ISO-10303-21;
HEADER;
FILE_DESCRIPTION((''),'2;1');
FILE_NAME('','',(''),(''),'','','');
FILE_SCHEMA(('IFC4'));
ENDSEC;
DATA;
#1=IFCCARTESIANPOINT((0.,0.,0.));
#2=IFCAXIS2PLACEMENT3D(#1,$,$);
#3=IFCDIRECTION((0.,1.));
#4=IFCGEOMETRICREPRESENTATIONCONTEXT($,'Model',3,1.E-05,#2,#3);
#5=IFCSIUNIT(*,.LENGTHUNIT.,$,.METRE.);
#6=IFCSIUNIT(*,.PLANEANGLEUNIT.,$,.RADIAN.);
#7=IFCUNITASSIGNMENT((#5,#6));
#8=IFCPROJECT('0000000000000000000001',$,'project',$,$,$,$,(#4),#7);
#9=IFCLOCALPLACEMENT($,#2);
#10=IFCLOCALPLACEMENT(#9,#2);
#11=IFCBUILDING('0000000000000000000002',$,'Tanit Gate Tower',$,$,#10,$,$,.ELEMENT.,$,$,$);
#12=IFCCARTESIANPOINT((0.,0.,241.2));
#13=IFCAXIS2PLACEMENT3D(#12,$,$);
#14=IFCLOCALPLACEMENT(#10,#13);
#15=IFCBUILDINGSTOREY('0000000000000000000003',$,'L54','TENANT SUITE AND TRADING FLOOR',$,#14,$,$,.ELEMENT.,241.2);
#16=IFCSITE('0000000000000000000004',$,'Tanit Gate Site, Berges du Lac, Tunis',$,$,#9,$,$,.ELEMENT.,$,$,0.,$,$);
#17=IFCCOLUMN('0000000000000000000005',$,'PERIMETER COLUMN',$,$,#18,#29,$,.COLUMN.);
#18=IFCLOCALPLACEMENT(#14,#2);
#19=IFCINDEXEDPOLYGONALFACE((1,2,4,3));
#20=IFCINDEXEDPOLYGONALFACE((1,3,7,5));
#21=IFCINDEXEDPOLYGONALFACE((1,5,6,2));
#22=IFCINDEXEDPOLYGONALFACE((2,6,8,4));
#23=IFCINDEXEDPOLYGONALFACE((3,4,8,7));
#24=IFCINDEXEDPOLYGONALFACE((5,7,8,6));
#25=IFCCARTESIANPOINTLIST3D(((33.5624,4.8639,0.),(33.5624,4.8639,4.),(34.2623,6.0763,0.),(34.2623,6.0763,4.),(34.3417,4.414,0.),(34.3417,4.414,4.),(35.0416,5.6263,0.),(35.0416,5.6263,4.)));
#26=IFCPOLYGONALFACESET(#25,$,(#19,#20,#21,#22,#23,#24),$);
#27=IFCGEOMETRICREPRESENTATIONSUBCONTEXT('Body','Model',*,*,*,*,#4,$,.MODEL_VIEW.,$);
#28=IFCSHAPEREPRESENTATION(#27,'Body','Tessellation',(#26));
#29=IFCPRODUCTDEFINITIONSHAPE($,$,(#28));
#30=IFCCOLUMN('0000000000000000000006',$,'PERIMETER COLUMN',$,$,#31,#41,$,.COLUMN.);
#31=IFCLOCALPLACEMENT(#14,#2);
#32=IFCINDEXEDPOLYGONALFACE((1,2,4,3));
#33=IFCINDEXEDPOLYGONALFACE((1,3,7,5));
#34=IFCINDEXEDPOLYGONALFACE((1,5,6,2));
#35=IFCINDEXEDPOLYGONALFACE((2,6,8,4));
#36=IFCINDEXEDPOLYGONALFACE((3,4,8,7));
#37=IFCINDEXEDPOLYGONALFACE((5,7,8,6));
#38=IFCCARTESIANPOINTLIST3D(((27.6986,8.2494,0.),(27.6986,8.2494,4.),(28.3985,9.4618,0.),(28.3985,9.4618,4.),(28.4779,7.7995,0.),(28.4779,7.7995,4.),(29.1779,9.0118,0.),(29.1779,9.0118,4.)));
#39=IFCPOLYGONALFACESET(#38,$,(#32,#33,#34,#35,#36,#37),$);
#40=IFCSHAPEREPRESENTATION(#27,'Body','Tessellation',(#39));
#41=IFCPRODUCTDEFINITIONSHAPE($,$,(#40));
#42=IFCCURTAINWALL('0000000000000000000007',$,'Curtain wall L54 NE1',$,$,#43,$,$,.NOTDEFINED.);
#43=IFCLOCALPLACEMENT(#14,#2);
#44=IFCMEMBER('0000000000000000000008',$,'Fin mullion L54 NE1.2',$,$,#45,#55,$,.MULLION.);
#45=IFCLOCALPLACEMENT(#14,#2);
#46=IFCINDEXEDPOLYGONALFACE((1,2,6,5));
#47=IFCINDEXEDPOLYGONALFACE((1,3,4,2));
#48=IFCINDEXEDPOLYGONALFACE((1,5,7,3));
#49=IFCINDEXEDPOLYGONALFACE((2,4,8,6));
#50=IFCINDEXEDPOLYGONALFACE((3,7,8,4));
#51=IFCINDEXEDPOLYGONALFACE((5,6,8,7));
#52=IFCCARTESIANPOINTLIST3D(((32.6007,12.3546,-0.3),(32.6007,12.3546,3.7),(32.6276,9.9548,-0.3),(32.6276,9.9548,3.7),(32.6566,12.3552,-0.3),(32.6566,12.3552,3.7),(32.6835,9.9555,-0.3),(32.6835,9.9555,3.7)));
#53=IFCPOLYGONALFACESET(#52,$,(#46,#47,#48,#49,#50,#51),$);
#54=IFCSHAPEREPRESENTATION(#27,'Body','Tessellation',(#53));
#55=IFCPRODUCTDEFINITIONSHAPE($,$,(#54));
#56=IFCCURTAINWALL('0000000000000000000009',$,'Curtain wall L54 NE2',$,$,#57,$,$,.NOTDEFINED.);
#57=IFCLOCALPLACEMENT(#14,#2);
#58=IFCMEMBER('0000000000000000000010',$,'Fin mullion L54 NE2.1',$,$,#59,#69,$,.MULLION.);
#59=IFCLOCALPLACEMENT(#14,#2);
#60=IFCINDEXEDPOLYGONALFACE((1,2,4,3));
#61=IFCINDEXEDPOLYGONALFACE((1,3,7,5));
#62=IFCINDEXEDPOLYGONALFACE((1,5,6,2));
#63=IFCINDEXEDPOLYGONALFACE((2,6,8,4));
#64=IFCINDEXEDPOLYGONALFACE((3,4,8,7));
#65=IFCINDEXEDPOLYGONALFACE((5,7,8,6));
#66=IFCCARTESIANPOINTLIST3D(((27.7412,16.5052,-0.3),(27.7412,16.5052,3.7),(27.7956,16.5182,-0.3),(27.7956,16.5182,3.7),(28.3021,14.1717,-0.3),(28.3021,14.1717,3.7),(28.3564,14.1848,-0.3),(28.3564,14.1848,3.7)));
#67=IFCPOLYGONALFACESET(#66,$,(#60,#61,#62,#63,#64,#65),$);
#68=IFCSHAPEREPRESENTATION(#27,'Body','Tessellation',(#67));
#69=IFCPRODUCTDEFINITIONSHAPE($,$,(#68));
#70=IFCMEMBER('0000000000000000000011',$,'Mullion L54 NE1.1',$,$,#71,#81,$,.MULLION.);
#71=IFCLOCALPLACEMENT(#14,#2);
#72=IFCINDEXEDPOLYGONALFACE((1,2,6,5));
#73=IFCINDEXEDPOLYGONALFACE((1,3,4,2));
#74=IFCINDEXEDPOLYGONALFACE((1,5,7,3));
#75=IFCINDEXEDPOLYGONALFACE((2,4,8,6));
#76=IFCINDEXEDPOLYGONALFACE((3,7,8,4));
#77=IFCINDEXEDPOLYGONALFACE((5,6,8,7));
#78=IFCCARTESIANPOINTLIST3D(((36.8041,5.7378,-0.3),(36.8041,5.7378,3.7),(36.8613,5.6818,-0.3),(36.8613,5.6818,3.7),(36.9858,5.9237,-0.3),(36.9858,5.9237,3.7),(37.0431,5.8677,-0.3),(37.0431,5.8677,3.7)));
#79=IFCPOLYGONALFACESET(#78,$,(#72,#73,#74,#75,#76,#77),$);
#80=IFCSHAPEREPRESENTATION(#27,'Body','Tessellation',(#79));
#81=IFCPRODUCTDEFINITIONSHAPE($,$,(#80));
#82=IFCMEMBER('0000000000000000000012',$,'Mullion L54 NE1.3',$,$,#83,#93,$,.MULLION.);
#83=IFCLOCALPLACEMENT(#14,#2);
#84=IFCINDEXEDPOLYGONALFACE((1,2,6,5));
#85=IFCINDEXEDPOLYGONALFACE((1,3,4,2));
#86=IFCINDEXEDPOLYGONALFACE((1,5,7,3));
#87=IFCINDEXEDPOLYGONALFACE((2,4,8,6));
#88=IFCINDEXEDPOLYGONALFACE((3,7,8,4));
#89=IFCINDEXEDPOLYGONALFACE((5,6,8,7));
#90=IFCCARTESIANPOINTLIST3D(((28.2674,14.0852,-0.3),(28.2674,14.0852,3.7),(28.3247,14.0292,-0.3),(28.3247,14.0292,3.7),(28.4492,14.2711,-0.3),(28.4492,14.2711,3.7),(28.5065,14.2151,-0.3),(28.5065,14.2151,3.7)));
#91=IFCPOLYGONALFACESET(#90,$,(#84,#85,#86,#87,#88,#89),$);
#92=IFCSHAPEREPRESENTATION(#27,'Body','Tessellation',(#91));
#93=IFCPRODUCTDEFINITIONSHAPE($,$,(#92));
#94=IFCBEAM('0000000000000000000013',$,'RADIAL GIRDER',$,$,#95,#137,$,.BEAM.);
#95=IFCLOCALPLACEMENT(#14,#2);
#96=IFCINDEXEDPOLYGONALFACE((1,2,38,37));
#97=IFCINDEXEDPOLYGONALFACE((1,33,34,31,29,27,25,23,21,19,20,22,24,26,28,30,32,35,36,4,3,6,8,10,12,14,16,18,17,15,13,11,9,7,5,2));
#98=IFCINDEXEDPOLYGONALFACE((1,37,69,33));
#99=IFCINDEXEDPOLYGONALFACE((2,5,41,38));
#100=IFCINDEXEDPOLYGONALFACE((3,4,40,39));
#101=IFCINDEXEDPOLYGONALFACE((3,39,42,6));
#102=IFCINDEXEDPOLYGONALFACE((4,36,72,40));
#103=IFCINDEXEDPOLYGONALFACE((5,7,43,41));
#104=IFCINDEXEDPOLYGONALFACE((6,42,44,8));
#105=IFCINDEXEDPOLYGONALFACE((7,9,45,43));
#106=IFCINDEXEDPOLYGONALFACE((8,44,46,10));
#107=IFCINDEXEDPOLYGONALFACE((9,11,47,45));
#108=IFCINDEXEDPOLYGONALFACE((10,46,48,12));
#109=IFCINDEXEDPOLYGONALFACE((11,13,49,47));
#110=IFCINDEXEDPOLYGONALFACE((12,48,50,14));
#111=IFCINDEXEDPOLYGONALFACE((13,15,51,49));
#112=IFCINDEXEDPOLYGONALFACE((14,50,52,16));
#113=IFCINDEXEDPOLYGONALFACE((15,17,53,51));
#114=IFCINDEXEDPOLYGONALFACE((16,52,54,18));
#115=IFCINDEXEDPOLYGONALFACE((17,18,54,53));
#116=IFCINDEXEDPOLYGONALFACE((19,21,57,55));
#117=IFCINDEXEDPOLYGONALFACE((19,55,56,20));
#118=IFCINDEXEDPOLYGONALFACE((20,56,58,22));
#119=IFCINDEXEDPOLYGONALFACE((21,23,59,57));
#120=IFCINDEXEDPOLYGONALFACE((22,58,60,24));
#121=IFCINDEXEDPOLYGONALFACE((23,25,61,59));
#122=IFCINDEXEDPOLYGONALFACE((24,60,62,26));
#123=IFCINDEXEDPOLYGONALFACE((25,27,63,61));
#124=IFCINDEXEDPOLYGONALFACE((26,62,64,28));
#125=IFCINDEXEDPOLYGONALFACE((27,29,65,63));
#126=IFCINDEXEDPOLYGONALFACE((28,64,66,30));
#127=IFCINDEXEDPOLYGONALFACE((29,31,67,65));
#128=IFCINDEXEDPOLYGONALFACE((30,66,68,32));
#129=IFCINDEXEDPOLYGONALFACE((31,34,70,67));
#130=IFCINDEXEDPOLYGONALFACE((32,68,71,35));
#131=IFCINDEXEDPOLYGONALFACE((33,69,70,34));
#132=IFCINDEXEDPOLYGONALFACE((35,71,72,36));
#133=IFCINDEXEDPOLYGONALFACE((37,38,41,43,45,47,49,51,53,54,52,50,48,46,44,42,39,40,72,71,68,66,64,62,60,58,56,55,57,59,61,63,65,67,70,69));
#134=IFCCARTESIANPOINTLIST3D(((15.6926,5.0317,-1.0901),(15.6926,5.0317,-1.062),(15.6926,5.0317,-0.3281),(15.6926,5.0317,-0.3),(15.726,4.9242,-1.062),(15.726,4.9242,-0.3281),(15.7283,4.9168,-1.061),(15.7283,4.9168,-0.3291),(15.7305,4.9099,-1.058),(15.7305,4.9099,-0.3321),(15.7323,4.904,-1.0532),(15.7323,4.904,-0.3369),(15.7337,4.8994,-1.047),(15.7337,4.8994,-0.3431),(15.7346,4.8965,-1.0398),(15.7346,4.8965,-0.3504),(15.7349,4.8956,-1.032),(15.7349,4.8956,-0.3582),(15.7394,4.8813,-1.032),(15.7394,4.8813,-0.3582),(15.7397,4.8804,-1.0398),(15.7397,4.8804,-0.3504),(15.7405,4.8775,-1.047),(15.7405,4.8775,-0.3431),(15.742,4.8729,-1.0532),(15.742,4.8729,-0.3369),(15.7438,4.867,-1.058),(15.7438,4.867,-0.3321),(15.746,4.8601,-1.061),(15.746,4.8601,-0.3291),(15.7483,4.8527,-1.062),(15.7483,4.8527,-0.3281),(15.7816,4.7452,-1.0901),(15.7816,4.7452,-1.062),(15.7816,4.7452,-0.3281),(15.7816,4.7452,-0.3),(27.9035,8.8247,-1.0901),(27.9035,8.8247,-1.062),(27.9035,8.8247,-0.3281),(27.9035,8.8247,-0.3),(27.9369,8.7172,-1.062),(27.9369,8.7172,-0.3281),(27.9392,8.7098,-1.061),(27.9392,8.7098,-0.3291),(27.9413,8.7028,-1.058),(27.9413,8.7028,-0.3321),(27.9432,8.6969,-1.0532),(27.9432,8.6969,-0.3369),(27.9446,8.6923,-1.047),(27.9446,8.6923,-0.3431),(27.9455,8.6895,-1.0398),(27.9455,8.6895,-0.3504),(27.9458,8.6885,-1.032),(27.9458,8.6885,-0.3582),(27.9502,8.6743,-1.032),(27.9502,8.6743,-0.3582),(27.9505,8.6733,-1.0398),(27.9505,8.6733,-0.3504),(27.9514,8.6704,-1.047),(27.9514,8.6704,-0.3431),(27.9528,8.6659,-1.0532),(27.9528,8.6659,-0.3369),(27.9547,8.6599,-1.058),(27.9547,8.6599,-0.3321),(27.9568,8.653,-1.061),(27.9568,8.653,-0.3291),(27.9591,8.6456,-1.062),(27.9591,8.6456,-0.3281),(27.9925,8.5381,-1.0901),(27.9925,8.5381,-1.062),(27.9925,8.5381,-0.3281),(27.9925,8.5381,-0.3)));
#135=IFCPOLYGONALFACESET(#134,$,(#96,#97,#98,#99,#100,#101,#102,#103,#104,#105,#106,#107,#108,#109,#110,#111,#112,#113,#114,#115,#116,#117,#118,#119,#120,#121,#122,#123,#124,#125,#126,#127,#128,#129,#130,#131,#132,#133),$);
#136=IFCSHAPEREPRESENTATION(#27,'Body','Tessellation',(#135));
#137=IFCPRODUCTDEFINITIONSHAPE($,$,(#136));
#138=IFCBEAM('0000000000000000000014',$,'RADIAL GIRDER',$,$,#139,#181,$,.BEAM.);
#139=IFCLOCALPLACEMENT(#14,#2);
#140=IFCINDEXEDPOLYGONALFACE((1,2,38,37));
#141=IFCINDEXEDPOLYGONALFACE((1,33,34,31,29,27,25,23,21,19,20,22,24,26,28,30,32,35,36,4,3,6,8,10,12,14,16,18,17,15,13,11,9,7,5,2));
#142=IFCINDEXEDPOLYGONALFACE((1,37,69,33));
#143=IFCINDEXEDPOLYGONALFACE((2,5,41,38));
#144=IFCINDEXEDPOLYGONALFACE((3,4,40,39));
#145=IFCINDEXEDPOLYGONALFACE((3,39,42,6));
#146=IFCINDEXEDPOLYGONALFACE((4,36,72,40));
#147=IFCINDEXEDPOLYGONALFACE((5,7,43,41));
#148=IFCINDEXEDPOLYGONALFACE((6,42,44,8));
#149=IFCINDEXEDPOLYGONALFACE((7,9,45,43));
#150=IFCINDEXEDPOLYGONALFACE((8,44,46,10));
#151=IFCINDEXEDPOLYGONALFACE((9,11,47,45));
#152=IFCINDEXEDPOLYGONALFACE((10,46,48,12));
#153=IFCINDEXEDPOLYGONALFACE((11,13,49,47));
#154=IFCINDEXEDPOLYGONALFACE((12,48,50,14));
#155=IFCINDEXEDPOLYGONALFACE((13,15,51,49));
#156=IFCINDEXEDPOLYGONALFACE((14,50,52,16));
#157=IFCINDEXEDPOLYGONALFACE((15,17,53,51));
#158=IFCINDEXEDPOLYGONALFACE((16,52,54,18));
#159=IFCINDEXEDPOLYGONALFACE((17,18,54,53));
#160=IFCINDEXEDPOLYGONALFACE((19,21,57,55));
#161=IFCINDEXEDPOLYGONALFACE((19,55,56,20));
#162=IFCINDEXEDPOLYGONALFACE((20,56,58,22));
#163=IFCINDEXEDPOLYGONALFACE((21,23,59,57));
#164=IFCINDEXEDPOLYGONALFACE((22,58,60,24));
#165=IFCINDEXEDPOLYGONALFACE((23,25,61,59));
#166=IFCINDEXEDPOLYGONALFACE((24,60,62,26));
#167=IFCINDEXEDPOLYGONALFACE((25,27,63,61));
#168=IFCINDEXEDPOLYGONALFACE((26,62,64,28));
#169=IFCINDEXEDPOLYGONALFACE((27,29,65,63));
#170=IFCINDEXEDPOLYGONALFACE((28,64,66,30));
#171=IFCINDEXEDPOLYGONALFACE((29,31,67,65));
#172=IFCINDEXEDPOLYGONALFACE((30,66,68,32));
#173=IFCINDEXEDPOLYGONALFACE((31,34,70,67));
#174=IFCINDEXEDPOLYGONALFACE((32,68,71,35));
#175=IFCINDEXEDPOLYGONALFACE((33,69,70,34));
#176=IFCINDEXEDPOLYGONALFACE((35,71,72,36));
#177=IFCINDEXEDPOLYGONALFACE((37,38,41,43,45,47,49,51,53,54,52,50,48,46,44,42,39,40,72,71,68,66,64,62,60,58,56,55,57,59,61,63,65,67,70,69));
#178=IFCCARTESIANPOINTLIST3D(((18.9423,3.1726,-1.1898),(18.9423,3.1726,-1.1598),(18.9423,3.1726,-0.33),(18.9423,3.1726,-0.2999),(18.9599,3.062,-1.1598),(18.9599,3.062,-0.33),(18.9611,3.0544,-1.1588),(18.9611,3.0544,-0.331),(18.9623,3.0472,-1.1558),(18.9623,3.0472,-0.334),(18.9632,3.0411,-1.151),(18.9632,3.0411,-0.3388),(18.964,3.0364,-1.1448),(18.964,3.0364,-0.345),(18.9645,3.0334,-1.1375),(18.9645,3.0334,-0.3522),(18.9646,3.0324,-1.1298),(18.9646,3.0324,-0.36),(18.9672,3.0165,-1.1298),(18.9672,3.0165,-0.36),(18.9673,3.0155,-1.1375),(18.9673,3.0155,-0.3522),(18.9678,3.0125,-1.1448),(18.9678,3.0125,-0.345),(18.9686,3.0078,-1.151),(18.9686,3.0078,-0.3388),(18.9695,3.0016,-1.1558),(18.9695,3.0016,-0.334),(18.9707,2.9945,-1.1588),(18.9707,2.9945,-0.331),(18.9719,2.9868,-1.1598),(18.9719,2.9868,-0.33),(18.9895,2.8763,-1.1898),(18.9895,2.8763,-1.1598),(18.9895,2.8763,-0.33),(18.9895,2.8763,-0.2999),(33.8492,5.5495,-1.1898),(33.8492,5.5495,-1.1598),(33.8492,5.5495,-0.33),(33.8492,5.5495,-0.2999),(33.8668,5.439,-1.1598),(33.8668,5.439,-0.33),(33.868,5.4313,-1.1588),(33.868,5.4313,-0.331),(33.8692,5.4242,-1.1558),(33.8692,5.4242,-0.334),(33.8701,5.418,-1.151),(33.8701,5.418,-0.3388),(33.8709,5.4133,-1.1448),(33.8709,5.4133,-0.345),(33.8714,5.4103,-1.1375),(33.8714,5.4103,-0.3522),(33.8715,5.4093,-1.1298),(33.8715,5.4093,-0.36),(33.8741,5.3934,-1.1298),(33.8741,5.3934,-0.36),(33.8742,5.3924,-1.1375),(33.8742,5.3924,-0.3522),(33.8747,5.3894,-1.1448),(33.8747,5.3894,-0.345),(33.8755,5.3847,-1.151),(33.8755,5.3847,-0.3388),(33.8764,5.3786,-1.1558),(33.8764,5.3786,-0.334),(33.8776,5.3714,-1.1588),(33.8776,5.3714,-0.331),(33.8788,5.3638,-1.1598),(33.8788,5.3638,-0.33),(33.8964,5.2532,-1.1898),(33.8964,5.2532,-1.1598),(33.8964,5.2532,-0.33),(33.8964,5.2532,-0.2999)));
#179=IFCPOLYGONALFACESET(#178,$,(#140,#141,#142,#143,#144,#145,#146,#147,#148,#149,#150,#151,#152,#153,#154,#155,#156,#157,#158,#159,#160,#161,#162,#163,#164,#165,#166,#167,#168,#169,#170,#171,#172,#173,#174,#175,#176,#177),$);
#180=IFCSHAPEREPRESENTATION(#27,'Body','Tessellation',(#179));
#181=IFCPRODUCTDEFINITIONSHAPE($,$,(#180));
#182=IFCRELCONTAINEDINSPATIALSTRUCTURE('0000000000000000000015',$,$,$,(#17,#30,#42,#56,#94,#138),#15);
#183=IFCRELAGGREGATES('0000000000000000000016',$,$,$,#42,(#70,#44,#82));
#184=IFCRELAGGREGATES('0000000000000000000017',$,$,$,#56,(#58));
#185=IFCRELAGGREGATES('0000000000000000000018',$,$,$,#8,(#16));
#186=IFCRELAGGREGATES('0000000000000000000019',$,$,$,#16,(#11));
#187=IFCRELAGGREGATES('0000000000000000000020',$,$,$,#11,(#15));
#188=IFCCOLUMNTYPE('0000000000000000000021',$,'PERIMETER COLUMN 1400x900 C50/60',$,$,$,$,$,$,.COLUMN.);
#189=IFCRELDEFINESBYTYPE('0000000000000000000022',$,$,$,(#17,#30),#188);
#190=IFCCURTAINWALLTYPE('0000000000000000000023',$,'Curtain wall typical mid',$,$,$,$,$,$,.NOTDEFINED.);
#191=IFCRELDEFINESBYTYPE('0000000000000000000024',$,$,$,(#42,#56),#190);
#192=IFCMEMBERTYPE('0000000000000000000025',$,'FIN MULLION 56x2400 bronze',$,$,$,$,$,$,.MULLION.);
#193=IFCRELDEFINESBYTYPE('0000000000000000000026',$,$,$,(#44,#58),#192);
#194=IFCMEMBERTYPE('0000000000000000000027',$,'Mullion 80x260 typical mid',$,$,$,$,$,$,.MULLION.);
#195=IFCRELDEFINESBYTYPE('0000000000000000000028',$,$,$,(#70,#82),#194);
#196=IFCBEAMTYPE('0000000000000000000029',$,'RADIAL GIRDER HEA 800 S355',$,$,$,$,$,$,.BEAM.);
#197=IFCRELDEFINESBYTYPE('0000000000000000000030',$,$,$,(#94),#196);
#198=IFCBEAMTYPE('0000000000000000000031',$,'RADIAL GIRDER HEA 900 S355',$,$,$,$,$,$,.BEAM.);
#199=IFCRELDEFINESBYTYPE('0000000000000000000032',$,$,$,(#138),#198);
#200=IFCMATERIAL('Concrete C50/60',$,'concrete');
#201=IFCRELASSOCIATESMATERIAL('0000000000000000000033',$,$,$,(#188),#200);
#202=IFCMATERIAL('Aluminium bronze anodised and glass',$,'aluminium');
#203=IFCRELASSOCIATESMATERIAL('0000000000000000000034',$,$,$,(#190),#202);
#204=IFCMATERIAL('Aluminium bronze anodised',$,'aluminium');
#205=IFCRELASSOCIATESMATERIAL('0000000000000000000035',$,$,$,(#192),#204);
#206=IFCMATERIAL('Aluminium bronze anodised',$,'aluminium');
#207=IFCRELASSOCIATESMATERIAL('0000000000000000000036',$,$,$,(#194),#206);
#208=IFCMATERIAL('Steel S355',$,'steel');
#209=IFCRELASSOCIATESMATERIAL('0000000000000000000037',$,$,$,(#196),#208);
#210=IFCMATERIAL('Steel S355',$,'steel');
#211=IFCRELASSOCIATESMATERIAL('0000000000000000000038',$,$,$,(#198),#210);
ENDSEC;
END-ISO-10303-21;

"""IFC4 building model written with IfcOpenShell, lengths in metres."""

from ifc_helpers import new_model, si_unit, direction, frame, origin, origin_2d, place, context, subcontext, project, spatial, rectangle, i_section, extrude, material, material_profile, profile_set, type_object, element, aggregate, save


model = new_model("IFC4")

# Units and contexts
model_context = context("Model", 3, precision=1e-05, world=origin(), true_north=direction((0.0, 1.0)))
body_context = subcontext(model_context, "Body", "Model", "MODEL_VIEW")
ifc_project = project(units=[si_unit("LENGTHUNIT", "METRE"), si_unit("PLANEANGLEUNIT", "RADIAN")], contexts=[model_context])

# Site, building, storey
site_placement = place(None, origin())
site = spatial("IfcSite", under=ifc_project, at=site_placement, Name="Tanit Gate Site, Berges du Lac, Tunis", CompositionType="ELEMENT", RefElevation=0.0)
building_placement = place(site_placement, origin())
building = spatial("IfcBuilding", under=site, at=building_placement, Name="Tanit Gate Tower", CompositionType="ELEMENT")
storey_placement = place(building_placement, frame((0.0, 0.0, 241.2)))
storey = spatial("IfcBuildingStorey", under=building, at=storey_placement, Name="L54", Description="TENANT SUITE AND TRADING FLOOR", CompositionType="ELEMENT", Elevation=241.2)

# Columns
ifc_material_1 = material(Name="Concrete C50/60", Category="concrete")
ifc_material_profile_1 = material_profile(ifc_material_1, rectangle(XDim=1.3999, YDim=0.8999, at=origin_2d()), Name="RC 1400x900")
ifc_profile_set_1 = profile_set([ifc_material_profile_1], Name="Concrete C50/60")
column_type = type_object("IfcColumnType", Name="PERIMETER COLUMN 1400x900 C50/60", PredefinedType="COLUMN", material=ifc_profile_set_1)
for number, where, z_axis, x_axis, name in (
    (1, (34.302, 5.2451, 0.0), (0.0, 0.0, 1.0), (0.5, 0.866025, 0.0), "PERIMETER COLUMN"),
    (2, (28.4382, 8.6306, 0.0), (0.0, 0.0, 1.0), (0.5, 0.866025, 0.0), "PERIMETER COLUMN"),
):
    element("IfcColumn", number, at=place(storey_placement, frame(where, z_axis=z_axis, x_axis=x_axis)), inside=storey, type_object=column_type, Name=name, PredefinedType="COLUMN", context=body_context, shape_type="SweptSolid", body=[
        extrude(rectangle(XDim=1.3999, YDim=0.8999, at=origin_2d()), origin(), (0.0, 0.0, 1.0), 4.0),
    ])

# Curtain walls, members
ifc_material_2 = material(Name="Aluminium bronze anodised and glass", Category="aluminium")
curtain_wall_type = type_object("IfcCurtainWallType", Name="Curtain wall typical mid", PredefinedType="NOTDEFINED", material=ifc_material_2)
curtain_wall_1_placement = place(storey_placement, origin())
curtain_wall_1 = element("IfcCurtainWall", 3, at=curtain_wall_1_placement, inside=storey, type_object=curtain_wall_type, Name="Curtain wall L54 NE1", PredefinedType="NOTDEFINED")
ifc_material_3 = material(Name="Aluminium bronze anodised", Category="aluminium")
ifc_material_profile_2 = material_profile(ifc_material_3, rectangle(XDim=2.3999, YDim=0.0559, at=origin_2d()), Name="56x2400 bronze fin mullion")
ifc_profile_set_2 = profile_set([ifc_material_profile_2], Name="Aluminium bronze anodised")
member_type_1 = type_object("IfcMemberType", Name="FIN MULLION 56x2400 bronze", PredefinedType="MULLION", material=ifc_profile_set_2)
member_1_placement = place(storey_placement, frame((32.6421, 11.155, -0.3), z_axis=(0.0, 0.0, 1.0), x_axis=(0.011211, -0.999937, 0.0)))
member_1 = element("IfcMember", 4, at=member_1_placement, type_object=member_type_1, Name="Fin mullion L54 NE1.2", PredefinedType="MULLION", context=body_context, shape_type="SweptSolid", body=[
    extrude(rectangle(XDim=2.3999, YDim=0.0559, at=origin_2d()), origin(), (0.0, 0.0, 1.0), 4.0),
])
curtain_wall_2_placement = place(storey_placement, origin())
curtain_wall_2 = element("IfcCurtainWall", 5, at=curtain_wall_2_placement, inside=storey, type_object=curtain_wall_type, Name="Curtain wall L54 NE2", PredefinedType="NOTDEFINED")
member_2_placement = place(storey_placement, frame((28.0488, 15.345, -0.3), z_axis=(0.0, 0.0, 1.0), x_axis=(0.233691, -0.972311, 0.0)))
member_2 = element("IfcMember", 6, at=member_2_placement, type_object=member_type_1, Name="Fin mullion L54 NE2.1", PredefinedType="MULLION", context=body_context, shape_type="SweptSolid", body=[
    extrude(rectangle(XDim=2.3999, YDim=0.0559, at=origin_2d()), origin(), (0.0, 0.0, 1.0), 4.0),
])

# Members
ifc_material_4 = material(Name="Aluminium bronze anodised", Category="aluminium")
ifc_material_profile_3 = material_profile(ifc_material_4, rectangle(XDim=0.26, YDim=0.0801, at=origin_2d()), Name="80x260 bronze mullion")
ifc_profile_set_3 = profile_set([ifc_material_profile_3], Name="Aluminium bronze anodised")
member_type_2 = type_object("IfcMemberType", Name="Mullion 80x260 typical mid", PredefinedType="MULLION", material=ifc_profile_set_3)
member_3_placement = place(storey_placement, frame((36.9236, 5.8027, -0.3), z_axis=(0.0, 0.0, 1.0), x_axis=(-0.699135, -0.71499, 0.0)))
member_3 = element("IfcMember", 7, at=member_3_placement, type_object=member_type_2, Name="Mullion L54 NE1.1", PredefinedType="MULLION", context=body_context, shape_type="SweptSolid", body=[
    extrude(rectangle(XDim=0.26, YDim=0.0801, at=origin_2d()), origin(), (0.0, 0.0, 1.0), 4.0),
])
member_4_placement = place(storey_placement, frame((28.387, 14.1501, -0.3), z_axis=(0.0, 0.0, 1.0), x_axis=(-0.699135, -0.71499, 0.0)))
member_4 = element("IfcMember", 8, at=member_4_placement, type_object=member_type_2, Name="Mullion L54 NE1.3", PredefinedType="MULLION", context=body_context, shape_type="SweptSolid", body=[
    extrude(rectangle(XDim=0.26, YDim=0.0801, at=origin_2d()), origin(), (0.0, 0.0, 1.0), 4.0),
])

# Beams
ifc_material_5 = material(Name="Steel S355", Category="steel")
ifc_material_profile_4 = material_profile(ifc_material_5, i_section(OverallWidth=0.3, OverallDepth=0.79, WebThickness=0.0149, FlangeThickness=0.0281, FilletRadius=0.03, at=origin_2d()), Name="HEA 800")
ifc_profile_set_4 = profile_set([ifc_material_profile_4], Name="Steel S355")
beam_type_1 = type_object("IfcBeamType", Name="RADIAL GIRDER HEA 800 S355", PredefinedType="BEAM", material=ifc_profile_set_4)
beam_1_placement = place(storey_placement, frame((27.948, 8.6814, -0.6951), z_axis=(-0.95499, -0.296639, 0.0), x_axis=(0.296639, -0.95499, 0.0)))
element("IfcBeam", 9, at=beam_1_placement, inside=storey, type_object=beam_type_1, Name="RADIAL GIRDER", PredefinedType="BEAM", context=body_context, shape_type="SweptSolid", body=[
    extrude(i_section(OverallWidth=0.3, OverallDepth=0.79, WebThickness=0.0149, FlangeThickness=0.0281, FilletRadius=0.03, at=origin_2d()), origin(), (0.0, 0.0, 1.0), 12.7864),
])
ifc_material_6 = material(Name="Steel S355", Category="steel")
ifc_material_profile_5 = material_profile(ifc_material_6, i_section(OverallWidth=0.3, OverallDepth=0.8899, WebThickness=0.0161, FlangeThickness=0.03, FilletRadius=0.03, at=origin_2d()), Name="HEA 900")
ifc_profile_set_5 = profile_set([ifc_material_profile_5], Name="Steel S355")
beam_type_2 = type_object("IfcBeamType", Name="RADIAL GIRDER HEA 900 S355", PredefinedType="BEAM", material=ifc_profile_set_5)
beam_2_placement = place(storey_placement, frame((33.8728, 5.4014, -0.7449), z_axis=(-0.987525, -0.157463, 0.0), x_axis=(0.157463, -0.987525, 0.0)))
element("IfcBeam", 10, at=beam_2_placement, inside=storey, type_object=beam_type_2, Name="RADIAL GIRDER", PredefinedType="BEAM", context=body_context, shape_type="SweptSolid", body=[
    extrude(i_section(OverallWidth=0.3, OverallDepth=0.8899, WebThickness=0.0161, FlangeThickness=0.03, FilletRadius=0.03, at=origin_2d()), origin(), (0.0, 0.0, 1.0), 15.0952),
])

aggregate(curtain_wall_1, [member_3, member_1, member_4])
aggregate(curtain_wall_2, [member_2])

save(model, "model.ifc")
